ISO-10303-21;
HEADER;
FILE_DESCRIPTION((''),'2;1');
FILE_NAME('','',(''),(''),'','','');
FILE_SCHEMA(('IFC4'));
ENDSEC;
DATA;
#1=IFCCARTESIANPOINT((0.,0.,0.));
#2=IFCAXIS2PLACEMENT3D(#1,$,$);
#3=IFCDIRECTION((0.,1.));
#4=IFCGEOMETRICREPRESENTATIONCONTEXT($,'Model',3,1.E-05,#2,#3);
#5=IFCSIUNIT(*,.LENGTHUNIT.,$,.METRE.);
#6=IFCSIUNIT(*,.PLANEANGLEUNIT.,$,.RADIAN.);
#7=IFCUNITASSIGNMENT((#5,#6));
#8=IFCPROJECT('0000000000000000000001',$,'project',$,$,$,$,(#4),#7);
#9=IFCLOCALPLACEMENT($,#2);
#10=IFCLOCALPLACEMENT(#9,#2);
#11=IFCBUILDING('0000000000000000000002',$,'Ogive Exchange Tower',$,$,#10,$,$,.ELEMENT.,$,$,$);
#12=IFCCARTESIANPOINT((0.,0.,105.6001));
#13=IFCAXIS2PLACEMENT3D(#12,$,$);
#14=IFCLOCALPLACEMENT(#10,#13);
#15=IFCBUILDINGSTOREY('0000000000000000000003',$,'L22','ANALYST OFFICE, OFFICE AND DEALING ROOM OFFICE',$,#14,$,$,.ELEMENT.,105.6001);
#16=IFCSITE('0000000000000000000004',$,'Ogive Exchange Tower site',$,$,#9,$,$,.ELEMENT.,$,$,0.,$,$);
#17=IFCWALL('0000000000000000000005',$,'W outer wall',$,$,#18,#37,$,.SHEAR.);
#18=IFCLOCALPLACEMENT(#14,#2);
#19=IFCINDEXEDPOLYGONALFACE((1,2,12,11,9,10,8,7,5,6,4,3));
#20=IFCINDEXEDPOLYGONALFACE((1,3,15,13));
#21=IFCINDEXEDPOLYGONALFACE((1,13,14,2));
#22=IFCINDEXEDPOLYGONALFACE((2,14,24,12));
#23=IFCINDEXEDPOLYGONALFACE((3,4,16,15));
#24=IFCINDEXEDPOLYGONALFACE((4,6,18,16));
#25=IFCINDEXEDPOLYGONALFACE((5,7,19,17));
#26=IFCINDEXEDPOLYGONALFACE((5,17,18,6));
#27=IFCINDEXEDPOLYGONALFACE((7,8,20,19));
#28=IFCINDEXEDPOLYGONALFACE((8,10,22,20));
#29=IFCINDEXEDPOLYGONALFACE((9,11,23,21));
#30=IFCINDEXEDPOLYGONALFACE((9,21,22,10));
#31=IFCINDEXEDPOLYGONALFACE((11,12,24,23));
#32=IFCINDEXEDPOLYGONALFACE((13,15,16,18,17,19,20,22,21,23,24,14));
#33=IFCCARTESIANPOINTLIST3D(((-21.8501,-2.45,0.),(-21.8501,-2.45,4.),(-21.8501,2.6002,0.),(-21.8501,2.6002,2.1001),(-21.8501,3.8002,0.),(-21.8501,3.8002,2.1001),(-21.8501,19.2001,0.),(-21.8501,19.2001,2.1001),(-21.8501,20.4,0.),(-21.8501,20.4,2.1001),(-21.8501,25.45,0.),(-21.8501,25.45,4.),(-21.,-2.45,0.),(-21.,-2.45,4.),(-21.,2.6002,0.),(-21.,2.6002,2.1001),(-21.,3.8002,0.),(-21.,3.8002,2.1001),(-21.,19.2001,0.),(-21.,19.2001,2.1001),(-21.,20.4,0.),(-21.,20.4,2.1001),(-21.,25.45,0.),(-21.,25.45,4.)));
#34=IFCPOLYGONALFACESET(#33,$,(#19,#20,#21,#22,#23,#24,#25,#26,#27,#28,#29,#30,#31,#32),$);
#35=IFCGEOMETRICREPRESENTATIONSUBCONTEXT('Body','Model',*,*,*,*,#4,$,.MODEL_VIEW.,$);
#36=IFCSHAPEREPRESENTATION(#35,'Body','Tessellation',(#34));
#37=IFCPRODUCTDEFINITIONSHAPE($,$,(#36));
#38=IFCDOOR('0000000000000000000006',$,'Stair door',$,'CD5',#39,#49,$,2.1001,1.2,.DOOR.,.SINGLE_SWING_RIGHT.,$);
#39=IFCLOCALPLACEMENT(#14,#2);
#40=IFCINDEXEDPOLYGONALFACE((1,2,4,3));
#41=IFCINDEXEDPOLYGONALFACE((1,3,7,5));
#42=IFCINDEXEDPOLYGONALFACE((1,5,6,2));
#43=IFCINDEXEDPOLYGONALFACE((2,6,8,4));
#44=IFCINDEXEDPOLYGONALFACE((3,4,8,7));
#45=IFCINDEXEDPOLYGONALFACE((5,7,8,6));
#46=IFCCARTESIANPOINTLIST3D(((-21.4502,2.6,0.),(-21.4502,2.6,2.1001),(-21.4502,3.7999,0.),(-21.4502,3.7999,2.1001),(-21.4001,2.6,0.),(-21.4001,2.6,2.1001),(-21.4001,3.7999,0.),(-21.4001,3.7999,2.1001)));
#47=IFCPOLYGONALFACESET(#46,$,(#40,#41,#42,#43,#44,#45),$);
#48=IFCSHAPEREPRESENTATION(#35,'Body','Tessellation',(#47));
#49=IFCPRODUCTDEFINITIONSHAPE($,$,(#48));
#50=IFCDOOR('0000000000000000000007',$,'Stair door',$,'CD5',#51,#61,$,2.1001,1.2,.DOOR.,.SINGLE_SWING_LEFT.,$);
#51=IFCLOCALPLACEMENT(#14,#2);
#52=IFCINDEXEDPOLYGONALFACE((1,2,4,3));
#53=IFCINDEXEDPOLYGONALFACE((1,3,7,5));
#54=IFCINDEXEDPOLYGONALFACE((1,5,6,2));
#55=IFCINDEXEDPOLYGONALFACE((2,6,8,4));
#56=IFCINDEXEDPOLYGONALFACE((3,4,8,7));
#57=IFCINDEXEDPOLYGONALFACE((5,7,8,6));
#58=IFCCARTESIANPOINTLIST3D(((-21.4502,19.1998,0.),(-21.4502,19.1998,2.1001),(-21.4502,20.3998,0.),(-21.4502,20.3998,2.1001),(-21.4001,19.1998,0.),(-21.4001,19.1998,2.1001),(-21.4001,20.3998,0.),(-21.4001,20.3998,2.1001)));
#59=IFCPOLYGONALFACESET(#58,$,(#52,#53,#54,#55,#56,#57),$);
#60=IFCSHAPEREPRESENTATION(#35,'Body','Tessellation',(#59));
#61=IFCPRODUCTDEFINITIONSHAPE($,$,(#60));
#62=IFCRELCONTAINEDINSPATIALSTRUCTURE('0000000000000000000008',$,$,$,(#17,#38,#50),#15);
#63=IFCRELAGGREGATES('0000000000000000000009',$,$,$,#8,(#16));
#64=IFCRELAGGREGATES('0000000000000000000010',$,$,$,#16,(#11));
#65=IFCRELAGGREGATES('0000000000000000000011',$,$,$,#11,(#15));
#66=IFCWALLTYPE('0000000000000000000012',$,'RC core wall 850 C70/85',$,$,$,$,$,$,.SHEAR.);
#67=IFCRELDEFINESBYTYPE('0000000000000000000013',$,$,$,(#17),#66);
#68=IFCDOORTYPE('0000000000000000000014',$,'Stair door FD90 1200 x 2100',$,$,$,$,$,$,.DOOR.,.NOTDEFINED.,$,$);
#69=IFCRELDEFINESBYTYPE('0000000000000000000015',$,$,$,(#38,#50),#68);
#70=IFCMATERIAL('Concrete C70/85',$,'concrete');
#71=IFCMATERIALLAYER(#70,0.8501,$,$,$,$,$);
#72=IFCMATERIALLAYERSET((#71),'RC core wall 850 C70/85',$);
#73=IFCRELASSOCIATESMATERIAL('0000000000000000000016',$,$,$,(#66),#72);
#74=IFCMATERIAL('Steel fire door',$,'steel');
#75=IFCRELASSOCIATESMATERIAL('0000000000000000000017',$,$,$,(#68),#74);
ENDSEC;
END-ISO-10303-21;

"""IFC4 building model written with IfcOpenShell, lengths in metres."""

from ifc_helpers import new_model, si_unit, direction, frame, frame_2d, origin, place, context, subcontext, project, spatial, rectangle, extrude, material, layer, layer_set, type_object, element, fill, save


model = new_model("IFC4")

# Units and contexts
model_context = context("Model", 3, precision=1e-05, world=origin(), true_north=direction((0.0, 1.0)))
body_context = subcontext(model_context, "Body", "Model", "MODEL_VIEW")
ifc_project = project(units=[si_unit("LENGTHUNIT", "METRE"), si_unit("PLANEANGLEUNIT", "RADIAN")], contexts=[model_context])

# Site, building, storey
site_placement = place(None, origin())
site = spatial("IfcSite", under=ifc_project, at=site_placement, Name="Ogive Exchange Tower site", CompositionType="ELEMENT", RefElevation=0.0)
building_placement = place(site_placement, origin())
building = spatial("IfcBuilding", under=site, at=building_placement, Name="Ogive Exchange Tower", CompositionType="ELEMENT")
storey_placement = place(building_placement, frame((0.0, 0.0, 105.6001)))
storey = spatial("IfcBuildingStorey", under=building, at=storey_placement, Name="L22", Description="ANALYST OFFICE, OFFICE AND DEALING ROOM OFFICE", CompositionType="ELEMENT", Elevation=105.6001)

# Shared definitions
ifc_material_1 = material(Name="Concrete C70/85", Category="concrete")

# Wall, openings, doors
ifc_layer_1 = layer(ifc_material_1, 0.8501)
ifc_layer_set_1 = layer_set([ifc_layer_1], Name="RC core wall 850 C70/85")
wall_type_1 = type_object("IfcWallType", Name="RC core wall 850 C70/85", PredefinedType="SHEAR", material=ifc_layer_set_1)
wall_1_placement = place(storey_placement, frame((-21.425, -2.45, 0.0), z_axis=(0.0, 0.0, 1.0), x_axis=(0.0, 1.0, 0.0)))
wall_1 = element("IfcWall", 1, at=wall_1_placement, inside=storey, type_object=wall_type_1, Name="W outer wall", PredefinedType="SHEAR", context=body_context, shape_type="SweptSolid", body=[
    extrude(rectangle(XDim=27.8999, YDim=0.8501, at=frame_2d((13.95, 0.0))), origin(), (0.0, 0.0, 1.0), 4.0),
])
opening_1_placement = place(wall_1_placement, frame((5.05, 0.0, 0.0)))
opening_1 = element("IfcOpeningElement", 2, at=opening_1_placement, cuts=wall_1, PredefinedType="OPENING", context=body_context, shape_type="SweptSolid", body=[
    extrude(rectangle(XDim=1.2, YDim=2.1001, at=frame_2d((0.6001, 1.05))), frame((0.0, 0.4351, 0.0), z_axis=(0.0, -1.0, 0.0), x_axis=(1.0, 0.0, 0.0)), (0.0, 0.0, 1.0), 0.8701),
])
opening_2_placement = place(wall_1_placement, frame((21.6499, 0.0, 0.0)))
opening_2 = element("IfcOpeningElement", 3, at=opening_2_placement, cuts=wall_1, PredefinedType="OPENING", context=body_context, shape_type="SweptSolid", body=[
    extrude(rectangle(XDim=1.2, YDim=2.1001, at=frame_2d((0.6001, 1.05))), frame((0.0, 0.4351, 0.0), z_axis=(0.0, -1.0, 0.0), x_axis=(1.0, 0.0, 0.0)), (0.0, 0.0, 1.0), 0.8701),
])
ifc_material_2 = material(Name="Steel fire door", Category="steel")
door_type_1 = type_object("IfcDoorType", Name="Stair door FD90 1200 x 2100", OperationType="NOTDEFINED", PredefinedType="DOOR", material=ifc_material_2)
door_1_placement = place(opening_1_placement, frame((1.2, 0.0, 0.0), z_axis=(0.0, 0.0, 1.0), x_axis=(-1.0, 0.0, 0.0)))
door_1 = element("IfcDoor", 4, at=door_1_placement, inside=storey, type_object=door_type_1, Name="Stair door", ObjectType="CD5", OperationType="SINGLE_SWING_RIGHT", OverallHeight=2.1001, OverallWidth=1.2, PredefinedType="DOOR", context=body_context, shape_type="SweptSolid", body=[
    extrude(rectangle(XDim=1.2, YDim=2.1001, at=frame_2d((0.6001, 1.05))), frame((0.0, 0.0249, 0.0), z_axis=(0.0, -1.0, 0.0), x_axis=(1.0, 0.0, 0.0)), (0.0, 0.0, 1.0), 0.05),
])
fill(opening_1, door_1)
door_2_placement = place(opening_2_placement, frame((1.2, 0.0, 0.0), z_axis=(0.0, 0.0, 1.0), x_axis=(-1.0, 0.0, 0.0)))
door_2 = element("IfcDoor", 5, at=door_2_placement, inside=storey, type_object=door_type_1, Name="Stair door", ObjectType="CD5", OperationType="SINGLE_SWING_LEFT", OverallHeight=2.1001, OverallWidth=1.2, PredefinedType="DOOR", context=body_context, shape_type="SweptSolid", body=[
    extrude(rectangle(XDim=1.2, YDim=2.1001, at=frame_2d((0.6001, 1.05))), frame((0.0, 0.0249, 0.0), z_axis=(0.0, -1.0, 0.0), x_axis=(1.0, 0.0, 0.0)), (0.0, 0.0, 1.0), 0.05),
])
fill(opening_2, door_2)

save(model, "model.ifc")
